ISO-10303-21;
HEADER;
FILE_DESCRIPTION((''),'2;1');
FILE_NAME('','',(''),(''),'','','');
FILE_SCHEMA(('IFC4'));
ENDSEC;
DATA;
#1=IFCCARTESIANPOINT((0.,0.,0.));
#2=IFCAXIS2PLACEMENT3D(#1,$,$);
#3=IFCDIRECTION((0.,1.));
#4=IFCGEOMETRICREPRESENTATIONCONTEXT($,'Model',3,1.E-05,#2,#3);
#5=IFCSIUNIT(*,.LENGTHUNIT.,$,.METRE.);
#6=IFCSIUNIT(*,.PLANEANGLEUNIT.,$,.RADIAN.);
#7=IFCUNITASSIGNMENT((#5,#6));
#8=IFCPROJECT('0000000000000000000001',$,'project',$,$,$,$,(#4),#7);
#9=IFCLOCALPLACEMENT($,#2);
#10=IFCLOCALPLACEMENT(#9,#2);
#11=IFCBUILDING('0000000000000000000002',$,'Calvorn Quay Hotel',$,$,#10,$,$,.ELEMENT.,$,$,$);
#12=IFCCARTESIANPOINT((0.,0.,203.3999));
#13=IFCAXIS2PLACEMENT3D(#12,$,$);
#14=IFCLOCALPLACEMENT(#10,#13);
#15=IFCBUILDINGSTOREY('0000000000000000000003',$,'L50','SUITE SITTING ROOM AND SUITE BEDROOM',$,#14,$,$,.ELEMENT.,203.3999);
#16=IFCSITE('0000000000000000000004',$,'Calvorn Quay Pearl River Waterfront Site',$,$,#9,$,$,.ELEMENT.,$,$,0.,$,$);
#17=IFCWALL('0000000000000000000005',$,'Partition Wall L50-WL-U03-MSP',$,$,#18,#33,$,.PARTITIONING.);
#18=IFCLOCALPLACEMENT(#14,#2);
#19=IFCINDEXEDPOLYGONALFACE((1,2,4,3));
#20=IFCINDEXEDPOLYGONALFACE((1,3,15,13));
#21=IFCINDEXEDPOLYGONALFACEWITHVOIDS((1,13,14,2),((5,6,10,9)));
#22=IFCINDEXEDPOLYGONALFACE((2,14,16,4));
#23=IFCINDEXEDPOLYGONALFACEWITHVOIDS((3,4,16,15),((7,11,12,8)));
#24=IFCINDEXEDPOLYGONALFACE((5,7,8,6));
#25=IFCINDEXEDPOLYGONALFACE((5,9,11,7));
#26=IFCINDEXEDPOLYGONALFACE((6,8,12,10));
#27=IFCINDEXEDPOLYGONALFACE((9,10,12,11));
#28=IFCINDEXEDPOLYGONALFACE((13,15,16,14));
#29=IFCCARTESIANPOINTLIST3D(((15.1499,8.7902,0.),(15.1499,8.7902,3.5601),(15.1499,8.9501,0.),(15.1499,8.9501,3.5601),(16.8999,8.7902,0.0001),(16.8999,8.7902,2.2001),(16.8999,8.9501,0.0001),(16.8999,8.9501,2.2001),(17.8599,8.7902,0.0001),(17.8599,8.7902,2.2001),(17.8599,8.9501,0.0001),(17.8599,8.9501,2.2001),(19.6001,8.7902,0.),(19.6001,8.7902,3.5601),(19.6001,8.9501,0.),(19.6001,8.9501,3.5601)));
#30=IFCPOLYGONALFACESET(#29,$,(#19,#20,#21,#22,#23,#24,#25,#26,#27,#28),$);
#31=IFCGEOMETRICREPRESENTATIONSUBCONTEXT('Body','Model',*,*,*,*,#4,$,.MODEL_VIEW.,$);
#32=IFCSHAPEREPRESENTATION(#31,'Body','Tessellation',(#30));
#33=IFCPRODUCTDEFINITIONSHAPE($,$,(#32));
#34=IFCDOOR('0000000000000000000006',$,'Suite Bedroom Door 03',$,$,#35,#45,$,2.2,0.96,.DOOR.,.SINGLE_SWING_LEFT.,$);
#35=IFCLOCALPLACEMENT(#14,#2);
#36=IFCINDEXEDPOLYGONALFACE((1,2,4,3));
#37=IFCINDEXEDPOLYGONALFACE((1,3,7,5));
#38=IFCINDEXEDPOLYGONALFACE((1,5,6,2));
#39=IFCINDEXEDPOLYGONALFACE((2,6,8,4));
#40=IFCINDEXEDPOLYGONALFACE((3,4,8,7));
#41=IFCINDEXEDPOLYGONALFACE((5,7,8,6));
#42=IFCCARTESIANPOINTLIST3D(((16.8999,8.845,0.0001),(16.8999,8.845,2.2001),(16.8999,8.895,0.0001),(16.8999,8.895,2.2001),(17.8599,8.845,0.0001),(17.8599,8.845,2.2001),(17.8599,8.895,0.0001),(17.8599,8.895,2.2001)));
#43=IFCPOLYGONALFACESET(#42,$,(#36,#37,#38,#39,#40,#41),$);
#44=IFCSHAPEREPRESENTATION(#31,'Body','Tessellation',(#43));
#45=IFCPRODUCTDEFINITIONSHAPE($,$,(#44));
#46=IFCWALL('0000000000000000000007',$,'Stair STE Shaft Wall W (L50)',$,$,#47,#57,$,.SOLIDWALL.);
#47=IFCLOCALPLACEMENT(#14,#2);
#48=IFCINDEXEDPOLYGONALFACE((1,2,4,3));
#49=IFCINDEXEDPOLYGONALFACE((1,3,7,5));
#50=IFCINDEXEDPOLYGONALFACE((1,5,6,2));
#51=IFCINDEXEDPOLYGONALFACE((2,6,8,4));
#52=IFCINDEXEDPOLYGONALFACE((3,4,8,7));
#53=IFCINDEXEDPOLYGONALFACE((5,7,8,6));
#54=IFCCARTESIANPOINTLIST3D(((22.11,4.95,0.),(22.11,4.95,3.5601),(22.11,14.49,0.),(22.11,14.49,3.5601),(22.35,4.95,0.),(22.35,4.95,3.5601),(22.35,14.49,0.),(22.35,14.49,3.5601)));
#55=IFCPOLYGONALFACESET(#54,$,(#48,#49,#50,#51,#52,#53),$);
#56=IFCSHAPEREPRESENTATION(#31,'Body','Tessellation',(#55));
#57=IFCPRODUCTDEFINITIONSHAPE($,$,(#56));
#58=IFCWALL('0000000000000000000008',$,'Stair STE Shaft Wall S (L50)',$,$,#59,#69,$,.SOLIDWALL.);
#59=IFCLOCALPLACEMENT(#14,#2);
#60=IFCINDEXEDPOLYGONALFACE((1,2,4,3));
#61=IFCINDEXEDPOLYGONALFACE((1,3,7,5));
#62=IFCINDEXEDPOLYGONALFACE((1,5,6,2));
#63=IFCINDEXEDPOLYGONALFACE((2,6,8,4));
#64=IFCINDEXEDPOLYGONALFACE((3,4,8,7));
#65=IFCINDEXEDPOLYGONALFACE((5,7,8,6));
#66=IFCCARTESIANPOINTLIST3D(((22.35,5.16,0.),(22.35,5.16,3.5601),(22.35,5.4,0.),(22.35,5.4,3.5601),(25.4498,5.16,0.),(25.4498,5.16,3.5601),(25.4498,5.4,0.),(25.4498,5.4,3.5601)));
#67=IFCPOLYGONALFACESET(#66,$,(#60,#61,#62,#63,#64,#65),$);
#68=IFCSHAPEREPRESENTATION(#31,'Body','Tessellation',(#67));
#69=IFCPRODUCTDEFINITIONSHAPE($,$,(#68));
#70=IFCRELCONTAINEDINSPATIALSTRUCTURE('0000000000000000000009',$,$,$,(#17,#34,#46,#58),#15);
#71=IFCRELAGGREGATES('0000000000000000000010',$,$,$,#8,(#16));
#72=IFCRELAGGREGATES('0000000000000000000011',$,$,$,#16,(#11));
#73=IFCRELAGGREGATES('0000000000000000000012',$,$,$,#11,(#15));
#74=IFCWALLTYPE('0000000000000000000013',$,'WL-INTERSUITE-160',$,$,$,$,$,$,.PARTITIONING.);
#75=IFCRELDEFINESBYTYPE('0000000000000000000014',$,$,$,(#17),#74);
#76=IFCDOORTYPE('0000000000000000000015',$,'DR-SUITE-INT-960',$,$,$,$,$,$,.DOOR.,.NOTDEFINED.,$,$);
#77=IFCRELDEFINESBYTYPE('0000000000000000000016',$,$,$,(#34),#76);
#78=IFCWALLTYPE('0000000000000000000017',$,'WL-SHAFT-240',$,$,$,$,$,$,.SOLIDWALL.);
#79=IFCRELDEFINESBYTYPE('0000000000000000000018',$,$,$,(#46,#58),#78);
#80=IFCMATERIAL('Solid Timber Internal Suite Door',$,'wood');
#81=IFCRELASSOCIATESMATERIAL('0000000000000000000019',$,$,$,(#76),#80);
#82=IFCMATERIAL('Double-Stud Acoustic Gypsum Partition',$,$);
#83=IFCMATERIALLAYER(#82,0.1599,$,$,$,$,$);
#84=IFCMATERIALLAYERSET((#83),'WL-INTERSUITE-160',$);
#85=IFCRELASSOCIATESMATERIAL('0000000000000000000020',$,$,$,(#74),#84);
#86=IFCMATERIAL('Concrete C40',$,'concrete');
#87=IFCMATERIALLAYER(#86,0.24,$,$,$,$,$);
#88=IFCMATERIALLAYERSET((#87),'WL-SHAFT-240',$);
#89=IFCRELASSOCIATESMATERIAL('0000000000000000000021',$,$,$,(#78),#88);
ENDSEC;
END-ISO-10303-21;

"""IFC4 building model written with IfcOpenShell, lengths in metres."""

from ifc_helpers import new_model, si_unit, direction, frame, frame_2d, origin, place, context, subcontext, project, spatial, rectangle, extrude, material, layer, layer_set, type_object, element, fill, save


model = new_model("IFC4")

# Units and contexts
model_context = context("Model", 3, precision=1e-05, world=origin(), true_north=direction((0.0, 1.0)))
body_context = subcontext(model_context, "Body", "Model", "MODEL_VIEW")
ifc_project = project(units=[si_unit("LENGTHUNIT", "METRE"), si_unit("PLANEANGLEUNIT", "RADIAN")], contexts=[model_context])

# Site, building, storey
site_placement = place(None, origin())
site = spatial("IfcSite", under=ifc_project, at=site_placement, Name="Calvorn Quay Pearl River Waterfront Site", CompositionType="ELEMENT", RefElevation=0.0)
building_placement = place(site_placement, origin())
building = spatial("IfcBuilding", under=site, at=building_placement, Name="Calvorn Quay Hotel", CompositionType="ELEMENT")
storey_placement = place(building_placement, frame((0.0, 0.0, 203.3999)))
storey = spatial("IfcBuildingStorey", under=building, at=storey_placement, Name="L50", Description="SUITE SITTING ROOM AND SUITE BEDROOM", CompositionType="ELEMENT", Elevation=203.3999)

# Shared definitions
ifc_material_1 = material(Name="Solid Timber Internal Suite Door", Category="wood")
door_type_1 = type_object("IfcDoorType", Name="DR-SUITE-INT-960", OperationType="NOTDEFINED", PredefinedType="DOOR", material=ifc_material_1)

# Wall, opening, door
ifc_material_2 = material(Name="Double-Stud Acoustic Gypsum Partition")
ifc_layer_1 = layer(ifc_material_2, 0.1599)
ifc_layer_set_1 = layer_set([ifc_layer_1], Name="WL-INTERSUITE-160")
wall_type_1 = type_object("IfcWallType", Name="WL-INTERSUITE-160", PredefinedType="PARTITIONING", material=ifc_layer_set_1)
wall_1_placement = place(storey_placement, frame((15.1499, 8.8701, 0.0), z_axis=(0.0, 0.0, 1.0), x_axis=(1.0, 0.0, 0.0)))
wall_1 = element("IfcWall", 1, at=wall_1_placement, inside=storey, type_object=wall_type_1, Name="Partition Wall L50-WL-U03-MSP", PredefinedType="PARTITIONING", context=body_context, shape_type="SweptSolid", body=[
    extrude(rectangle(XDim=4.4502, YDim=0.1599, at=frame_2d((2.2251, 0.0))), origin(), (0.0, 0.0, 1.0), 3.5601),
])
opening_1_placement = place(wall_1_placement, frame((1.75, 0.0, 0.0)))
opening_1 = element("IfcOpeningElement", 2, at=opening_1_placement, cuts=wall_1, PredefinedType="OPENING", context=body_context, shape_type="SweptSolid", body=[
    extrude(rectangle(XDim=0.96, YDim=2.2, at=frame_2d((0.48, 1.1001))), frame((0.0, 0.0898, 0.0), z_axis=(0.0, -1.0, 0.0), x_axis=(1.0, 0.0, 0.0)), (0.0, 0.0, 1.0), 0.1799),
])
door_1_placement = place(opening_1_placement, origin())
door_1 = element("IfcDoor", 3, at=door_1_placement, inside=storey, type_object=door_type_1, Name="Suite Bedroom Door 03", OperationType="SINGLE_SWING_LEFT", OverallHeight=2.2, OverallWidth=0.96, PredefinedType="DOOR", context=body_context, shape_type="SweptSolid", body=[
    extrude(rectangle(XDim=0.96, YDim=2.2, at=frame_2d((0.48, 1.1001))), frame((0.0, 0.0249, 0.0), z_axis=(0.0, -1.0, 0.0), x_axis=(1.0, 0.0, 0.0)), (0.0, 0.0, 1.0), 0.05),
])
fill(opening_1, door_1)

# Walls
ifc_material_3 = material(Name="Concrete C40", Category="concrete")
ifc_layer_2 = layer(ifc_material_3, 0.24)
ifc_layer_set_2 = layer_set([ifc_layer_2], Name="WL-SHAFT-240")
wall_type_2 = type_object("IfcWallType", Name="WL-SHAFT-240", PredefinedType="SOLIDWALL", material=ifc_layer_set_2)
wall_2_placement = place(storey_placement, frame((22.23, 4.95, 0.0), z_axis=(0.0, 0.0, 1.0), x_axis=(0.0, 1.0, 0.0)))
element("IfcWall", 4, at=wall_2_placement, inside=storey, type_object=wall_type_2, Name="Stair STE Shaft Wall W (L50)", PredefinedType="SOLIDWALL", context=body_context, shape_type="SweptSolid", body=[
    extrude(rectangle(XDim=9.54, YDim=0.24, at=frame_2d((4.77, 0.0))), origin(), (0.0, 0.0, 1.0), 3.5601),
])
wall_3_placement = place(storey_placement, frame((22.3501, 5.28, 0.0), z_axis=(0.0, 0.0, 1.0), x_axis=(1.0, 0.0, 0.0)))
element("IfcWall", 5, at=wall_3_placement, inside=storey, type_object=wall_type_2, Name="Stair STE Shaft Wall S (L50)", PredefinedType="SOLIDWALL", context=body_context, shape_type="SweptSolid", body=[
    extrude(rectangle(XDim=3.0999, YDim=0.24, at=frame_2d((1.5498, 0.0))), origin(), (0.0, 0.0, 1.0), 3.5601),
])

save(model, "model.ifc")
